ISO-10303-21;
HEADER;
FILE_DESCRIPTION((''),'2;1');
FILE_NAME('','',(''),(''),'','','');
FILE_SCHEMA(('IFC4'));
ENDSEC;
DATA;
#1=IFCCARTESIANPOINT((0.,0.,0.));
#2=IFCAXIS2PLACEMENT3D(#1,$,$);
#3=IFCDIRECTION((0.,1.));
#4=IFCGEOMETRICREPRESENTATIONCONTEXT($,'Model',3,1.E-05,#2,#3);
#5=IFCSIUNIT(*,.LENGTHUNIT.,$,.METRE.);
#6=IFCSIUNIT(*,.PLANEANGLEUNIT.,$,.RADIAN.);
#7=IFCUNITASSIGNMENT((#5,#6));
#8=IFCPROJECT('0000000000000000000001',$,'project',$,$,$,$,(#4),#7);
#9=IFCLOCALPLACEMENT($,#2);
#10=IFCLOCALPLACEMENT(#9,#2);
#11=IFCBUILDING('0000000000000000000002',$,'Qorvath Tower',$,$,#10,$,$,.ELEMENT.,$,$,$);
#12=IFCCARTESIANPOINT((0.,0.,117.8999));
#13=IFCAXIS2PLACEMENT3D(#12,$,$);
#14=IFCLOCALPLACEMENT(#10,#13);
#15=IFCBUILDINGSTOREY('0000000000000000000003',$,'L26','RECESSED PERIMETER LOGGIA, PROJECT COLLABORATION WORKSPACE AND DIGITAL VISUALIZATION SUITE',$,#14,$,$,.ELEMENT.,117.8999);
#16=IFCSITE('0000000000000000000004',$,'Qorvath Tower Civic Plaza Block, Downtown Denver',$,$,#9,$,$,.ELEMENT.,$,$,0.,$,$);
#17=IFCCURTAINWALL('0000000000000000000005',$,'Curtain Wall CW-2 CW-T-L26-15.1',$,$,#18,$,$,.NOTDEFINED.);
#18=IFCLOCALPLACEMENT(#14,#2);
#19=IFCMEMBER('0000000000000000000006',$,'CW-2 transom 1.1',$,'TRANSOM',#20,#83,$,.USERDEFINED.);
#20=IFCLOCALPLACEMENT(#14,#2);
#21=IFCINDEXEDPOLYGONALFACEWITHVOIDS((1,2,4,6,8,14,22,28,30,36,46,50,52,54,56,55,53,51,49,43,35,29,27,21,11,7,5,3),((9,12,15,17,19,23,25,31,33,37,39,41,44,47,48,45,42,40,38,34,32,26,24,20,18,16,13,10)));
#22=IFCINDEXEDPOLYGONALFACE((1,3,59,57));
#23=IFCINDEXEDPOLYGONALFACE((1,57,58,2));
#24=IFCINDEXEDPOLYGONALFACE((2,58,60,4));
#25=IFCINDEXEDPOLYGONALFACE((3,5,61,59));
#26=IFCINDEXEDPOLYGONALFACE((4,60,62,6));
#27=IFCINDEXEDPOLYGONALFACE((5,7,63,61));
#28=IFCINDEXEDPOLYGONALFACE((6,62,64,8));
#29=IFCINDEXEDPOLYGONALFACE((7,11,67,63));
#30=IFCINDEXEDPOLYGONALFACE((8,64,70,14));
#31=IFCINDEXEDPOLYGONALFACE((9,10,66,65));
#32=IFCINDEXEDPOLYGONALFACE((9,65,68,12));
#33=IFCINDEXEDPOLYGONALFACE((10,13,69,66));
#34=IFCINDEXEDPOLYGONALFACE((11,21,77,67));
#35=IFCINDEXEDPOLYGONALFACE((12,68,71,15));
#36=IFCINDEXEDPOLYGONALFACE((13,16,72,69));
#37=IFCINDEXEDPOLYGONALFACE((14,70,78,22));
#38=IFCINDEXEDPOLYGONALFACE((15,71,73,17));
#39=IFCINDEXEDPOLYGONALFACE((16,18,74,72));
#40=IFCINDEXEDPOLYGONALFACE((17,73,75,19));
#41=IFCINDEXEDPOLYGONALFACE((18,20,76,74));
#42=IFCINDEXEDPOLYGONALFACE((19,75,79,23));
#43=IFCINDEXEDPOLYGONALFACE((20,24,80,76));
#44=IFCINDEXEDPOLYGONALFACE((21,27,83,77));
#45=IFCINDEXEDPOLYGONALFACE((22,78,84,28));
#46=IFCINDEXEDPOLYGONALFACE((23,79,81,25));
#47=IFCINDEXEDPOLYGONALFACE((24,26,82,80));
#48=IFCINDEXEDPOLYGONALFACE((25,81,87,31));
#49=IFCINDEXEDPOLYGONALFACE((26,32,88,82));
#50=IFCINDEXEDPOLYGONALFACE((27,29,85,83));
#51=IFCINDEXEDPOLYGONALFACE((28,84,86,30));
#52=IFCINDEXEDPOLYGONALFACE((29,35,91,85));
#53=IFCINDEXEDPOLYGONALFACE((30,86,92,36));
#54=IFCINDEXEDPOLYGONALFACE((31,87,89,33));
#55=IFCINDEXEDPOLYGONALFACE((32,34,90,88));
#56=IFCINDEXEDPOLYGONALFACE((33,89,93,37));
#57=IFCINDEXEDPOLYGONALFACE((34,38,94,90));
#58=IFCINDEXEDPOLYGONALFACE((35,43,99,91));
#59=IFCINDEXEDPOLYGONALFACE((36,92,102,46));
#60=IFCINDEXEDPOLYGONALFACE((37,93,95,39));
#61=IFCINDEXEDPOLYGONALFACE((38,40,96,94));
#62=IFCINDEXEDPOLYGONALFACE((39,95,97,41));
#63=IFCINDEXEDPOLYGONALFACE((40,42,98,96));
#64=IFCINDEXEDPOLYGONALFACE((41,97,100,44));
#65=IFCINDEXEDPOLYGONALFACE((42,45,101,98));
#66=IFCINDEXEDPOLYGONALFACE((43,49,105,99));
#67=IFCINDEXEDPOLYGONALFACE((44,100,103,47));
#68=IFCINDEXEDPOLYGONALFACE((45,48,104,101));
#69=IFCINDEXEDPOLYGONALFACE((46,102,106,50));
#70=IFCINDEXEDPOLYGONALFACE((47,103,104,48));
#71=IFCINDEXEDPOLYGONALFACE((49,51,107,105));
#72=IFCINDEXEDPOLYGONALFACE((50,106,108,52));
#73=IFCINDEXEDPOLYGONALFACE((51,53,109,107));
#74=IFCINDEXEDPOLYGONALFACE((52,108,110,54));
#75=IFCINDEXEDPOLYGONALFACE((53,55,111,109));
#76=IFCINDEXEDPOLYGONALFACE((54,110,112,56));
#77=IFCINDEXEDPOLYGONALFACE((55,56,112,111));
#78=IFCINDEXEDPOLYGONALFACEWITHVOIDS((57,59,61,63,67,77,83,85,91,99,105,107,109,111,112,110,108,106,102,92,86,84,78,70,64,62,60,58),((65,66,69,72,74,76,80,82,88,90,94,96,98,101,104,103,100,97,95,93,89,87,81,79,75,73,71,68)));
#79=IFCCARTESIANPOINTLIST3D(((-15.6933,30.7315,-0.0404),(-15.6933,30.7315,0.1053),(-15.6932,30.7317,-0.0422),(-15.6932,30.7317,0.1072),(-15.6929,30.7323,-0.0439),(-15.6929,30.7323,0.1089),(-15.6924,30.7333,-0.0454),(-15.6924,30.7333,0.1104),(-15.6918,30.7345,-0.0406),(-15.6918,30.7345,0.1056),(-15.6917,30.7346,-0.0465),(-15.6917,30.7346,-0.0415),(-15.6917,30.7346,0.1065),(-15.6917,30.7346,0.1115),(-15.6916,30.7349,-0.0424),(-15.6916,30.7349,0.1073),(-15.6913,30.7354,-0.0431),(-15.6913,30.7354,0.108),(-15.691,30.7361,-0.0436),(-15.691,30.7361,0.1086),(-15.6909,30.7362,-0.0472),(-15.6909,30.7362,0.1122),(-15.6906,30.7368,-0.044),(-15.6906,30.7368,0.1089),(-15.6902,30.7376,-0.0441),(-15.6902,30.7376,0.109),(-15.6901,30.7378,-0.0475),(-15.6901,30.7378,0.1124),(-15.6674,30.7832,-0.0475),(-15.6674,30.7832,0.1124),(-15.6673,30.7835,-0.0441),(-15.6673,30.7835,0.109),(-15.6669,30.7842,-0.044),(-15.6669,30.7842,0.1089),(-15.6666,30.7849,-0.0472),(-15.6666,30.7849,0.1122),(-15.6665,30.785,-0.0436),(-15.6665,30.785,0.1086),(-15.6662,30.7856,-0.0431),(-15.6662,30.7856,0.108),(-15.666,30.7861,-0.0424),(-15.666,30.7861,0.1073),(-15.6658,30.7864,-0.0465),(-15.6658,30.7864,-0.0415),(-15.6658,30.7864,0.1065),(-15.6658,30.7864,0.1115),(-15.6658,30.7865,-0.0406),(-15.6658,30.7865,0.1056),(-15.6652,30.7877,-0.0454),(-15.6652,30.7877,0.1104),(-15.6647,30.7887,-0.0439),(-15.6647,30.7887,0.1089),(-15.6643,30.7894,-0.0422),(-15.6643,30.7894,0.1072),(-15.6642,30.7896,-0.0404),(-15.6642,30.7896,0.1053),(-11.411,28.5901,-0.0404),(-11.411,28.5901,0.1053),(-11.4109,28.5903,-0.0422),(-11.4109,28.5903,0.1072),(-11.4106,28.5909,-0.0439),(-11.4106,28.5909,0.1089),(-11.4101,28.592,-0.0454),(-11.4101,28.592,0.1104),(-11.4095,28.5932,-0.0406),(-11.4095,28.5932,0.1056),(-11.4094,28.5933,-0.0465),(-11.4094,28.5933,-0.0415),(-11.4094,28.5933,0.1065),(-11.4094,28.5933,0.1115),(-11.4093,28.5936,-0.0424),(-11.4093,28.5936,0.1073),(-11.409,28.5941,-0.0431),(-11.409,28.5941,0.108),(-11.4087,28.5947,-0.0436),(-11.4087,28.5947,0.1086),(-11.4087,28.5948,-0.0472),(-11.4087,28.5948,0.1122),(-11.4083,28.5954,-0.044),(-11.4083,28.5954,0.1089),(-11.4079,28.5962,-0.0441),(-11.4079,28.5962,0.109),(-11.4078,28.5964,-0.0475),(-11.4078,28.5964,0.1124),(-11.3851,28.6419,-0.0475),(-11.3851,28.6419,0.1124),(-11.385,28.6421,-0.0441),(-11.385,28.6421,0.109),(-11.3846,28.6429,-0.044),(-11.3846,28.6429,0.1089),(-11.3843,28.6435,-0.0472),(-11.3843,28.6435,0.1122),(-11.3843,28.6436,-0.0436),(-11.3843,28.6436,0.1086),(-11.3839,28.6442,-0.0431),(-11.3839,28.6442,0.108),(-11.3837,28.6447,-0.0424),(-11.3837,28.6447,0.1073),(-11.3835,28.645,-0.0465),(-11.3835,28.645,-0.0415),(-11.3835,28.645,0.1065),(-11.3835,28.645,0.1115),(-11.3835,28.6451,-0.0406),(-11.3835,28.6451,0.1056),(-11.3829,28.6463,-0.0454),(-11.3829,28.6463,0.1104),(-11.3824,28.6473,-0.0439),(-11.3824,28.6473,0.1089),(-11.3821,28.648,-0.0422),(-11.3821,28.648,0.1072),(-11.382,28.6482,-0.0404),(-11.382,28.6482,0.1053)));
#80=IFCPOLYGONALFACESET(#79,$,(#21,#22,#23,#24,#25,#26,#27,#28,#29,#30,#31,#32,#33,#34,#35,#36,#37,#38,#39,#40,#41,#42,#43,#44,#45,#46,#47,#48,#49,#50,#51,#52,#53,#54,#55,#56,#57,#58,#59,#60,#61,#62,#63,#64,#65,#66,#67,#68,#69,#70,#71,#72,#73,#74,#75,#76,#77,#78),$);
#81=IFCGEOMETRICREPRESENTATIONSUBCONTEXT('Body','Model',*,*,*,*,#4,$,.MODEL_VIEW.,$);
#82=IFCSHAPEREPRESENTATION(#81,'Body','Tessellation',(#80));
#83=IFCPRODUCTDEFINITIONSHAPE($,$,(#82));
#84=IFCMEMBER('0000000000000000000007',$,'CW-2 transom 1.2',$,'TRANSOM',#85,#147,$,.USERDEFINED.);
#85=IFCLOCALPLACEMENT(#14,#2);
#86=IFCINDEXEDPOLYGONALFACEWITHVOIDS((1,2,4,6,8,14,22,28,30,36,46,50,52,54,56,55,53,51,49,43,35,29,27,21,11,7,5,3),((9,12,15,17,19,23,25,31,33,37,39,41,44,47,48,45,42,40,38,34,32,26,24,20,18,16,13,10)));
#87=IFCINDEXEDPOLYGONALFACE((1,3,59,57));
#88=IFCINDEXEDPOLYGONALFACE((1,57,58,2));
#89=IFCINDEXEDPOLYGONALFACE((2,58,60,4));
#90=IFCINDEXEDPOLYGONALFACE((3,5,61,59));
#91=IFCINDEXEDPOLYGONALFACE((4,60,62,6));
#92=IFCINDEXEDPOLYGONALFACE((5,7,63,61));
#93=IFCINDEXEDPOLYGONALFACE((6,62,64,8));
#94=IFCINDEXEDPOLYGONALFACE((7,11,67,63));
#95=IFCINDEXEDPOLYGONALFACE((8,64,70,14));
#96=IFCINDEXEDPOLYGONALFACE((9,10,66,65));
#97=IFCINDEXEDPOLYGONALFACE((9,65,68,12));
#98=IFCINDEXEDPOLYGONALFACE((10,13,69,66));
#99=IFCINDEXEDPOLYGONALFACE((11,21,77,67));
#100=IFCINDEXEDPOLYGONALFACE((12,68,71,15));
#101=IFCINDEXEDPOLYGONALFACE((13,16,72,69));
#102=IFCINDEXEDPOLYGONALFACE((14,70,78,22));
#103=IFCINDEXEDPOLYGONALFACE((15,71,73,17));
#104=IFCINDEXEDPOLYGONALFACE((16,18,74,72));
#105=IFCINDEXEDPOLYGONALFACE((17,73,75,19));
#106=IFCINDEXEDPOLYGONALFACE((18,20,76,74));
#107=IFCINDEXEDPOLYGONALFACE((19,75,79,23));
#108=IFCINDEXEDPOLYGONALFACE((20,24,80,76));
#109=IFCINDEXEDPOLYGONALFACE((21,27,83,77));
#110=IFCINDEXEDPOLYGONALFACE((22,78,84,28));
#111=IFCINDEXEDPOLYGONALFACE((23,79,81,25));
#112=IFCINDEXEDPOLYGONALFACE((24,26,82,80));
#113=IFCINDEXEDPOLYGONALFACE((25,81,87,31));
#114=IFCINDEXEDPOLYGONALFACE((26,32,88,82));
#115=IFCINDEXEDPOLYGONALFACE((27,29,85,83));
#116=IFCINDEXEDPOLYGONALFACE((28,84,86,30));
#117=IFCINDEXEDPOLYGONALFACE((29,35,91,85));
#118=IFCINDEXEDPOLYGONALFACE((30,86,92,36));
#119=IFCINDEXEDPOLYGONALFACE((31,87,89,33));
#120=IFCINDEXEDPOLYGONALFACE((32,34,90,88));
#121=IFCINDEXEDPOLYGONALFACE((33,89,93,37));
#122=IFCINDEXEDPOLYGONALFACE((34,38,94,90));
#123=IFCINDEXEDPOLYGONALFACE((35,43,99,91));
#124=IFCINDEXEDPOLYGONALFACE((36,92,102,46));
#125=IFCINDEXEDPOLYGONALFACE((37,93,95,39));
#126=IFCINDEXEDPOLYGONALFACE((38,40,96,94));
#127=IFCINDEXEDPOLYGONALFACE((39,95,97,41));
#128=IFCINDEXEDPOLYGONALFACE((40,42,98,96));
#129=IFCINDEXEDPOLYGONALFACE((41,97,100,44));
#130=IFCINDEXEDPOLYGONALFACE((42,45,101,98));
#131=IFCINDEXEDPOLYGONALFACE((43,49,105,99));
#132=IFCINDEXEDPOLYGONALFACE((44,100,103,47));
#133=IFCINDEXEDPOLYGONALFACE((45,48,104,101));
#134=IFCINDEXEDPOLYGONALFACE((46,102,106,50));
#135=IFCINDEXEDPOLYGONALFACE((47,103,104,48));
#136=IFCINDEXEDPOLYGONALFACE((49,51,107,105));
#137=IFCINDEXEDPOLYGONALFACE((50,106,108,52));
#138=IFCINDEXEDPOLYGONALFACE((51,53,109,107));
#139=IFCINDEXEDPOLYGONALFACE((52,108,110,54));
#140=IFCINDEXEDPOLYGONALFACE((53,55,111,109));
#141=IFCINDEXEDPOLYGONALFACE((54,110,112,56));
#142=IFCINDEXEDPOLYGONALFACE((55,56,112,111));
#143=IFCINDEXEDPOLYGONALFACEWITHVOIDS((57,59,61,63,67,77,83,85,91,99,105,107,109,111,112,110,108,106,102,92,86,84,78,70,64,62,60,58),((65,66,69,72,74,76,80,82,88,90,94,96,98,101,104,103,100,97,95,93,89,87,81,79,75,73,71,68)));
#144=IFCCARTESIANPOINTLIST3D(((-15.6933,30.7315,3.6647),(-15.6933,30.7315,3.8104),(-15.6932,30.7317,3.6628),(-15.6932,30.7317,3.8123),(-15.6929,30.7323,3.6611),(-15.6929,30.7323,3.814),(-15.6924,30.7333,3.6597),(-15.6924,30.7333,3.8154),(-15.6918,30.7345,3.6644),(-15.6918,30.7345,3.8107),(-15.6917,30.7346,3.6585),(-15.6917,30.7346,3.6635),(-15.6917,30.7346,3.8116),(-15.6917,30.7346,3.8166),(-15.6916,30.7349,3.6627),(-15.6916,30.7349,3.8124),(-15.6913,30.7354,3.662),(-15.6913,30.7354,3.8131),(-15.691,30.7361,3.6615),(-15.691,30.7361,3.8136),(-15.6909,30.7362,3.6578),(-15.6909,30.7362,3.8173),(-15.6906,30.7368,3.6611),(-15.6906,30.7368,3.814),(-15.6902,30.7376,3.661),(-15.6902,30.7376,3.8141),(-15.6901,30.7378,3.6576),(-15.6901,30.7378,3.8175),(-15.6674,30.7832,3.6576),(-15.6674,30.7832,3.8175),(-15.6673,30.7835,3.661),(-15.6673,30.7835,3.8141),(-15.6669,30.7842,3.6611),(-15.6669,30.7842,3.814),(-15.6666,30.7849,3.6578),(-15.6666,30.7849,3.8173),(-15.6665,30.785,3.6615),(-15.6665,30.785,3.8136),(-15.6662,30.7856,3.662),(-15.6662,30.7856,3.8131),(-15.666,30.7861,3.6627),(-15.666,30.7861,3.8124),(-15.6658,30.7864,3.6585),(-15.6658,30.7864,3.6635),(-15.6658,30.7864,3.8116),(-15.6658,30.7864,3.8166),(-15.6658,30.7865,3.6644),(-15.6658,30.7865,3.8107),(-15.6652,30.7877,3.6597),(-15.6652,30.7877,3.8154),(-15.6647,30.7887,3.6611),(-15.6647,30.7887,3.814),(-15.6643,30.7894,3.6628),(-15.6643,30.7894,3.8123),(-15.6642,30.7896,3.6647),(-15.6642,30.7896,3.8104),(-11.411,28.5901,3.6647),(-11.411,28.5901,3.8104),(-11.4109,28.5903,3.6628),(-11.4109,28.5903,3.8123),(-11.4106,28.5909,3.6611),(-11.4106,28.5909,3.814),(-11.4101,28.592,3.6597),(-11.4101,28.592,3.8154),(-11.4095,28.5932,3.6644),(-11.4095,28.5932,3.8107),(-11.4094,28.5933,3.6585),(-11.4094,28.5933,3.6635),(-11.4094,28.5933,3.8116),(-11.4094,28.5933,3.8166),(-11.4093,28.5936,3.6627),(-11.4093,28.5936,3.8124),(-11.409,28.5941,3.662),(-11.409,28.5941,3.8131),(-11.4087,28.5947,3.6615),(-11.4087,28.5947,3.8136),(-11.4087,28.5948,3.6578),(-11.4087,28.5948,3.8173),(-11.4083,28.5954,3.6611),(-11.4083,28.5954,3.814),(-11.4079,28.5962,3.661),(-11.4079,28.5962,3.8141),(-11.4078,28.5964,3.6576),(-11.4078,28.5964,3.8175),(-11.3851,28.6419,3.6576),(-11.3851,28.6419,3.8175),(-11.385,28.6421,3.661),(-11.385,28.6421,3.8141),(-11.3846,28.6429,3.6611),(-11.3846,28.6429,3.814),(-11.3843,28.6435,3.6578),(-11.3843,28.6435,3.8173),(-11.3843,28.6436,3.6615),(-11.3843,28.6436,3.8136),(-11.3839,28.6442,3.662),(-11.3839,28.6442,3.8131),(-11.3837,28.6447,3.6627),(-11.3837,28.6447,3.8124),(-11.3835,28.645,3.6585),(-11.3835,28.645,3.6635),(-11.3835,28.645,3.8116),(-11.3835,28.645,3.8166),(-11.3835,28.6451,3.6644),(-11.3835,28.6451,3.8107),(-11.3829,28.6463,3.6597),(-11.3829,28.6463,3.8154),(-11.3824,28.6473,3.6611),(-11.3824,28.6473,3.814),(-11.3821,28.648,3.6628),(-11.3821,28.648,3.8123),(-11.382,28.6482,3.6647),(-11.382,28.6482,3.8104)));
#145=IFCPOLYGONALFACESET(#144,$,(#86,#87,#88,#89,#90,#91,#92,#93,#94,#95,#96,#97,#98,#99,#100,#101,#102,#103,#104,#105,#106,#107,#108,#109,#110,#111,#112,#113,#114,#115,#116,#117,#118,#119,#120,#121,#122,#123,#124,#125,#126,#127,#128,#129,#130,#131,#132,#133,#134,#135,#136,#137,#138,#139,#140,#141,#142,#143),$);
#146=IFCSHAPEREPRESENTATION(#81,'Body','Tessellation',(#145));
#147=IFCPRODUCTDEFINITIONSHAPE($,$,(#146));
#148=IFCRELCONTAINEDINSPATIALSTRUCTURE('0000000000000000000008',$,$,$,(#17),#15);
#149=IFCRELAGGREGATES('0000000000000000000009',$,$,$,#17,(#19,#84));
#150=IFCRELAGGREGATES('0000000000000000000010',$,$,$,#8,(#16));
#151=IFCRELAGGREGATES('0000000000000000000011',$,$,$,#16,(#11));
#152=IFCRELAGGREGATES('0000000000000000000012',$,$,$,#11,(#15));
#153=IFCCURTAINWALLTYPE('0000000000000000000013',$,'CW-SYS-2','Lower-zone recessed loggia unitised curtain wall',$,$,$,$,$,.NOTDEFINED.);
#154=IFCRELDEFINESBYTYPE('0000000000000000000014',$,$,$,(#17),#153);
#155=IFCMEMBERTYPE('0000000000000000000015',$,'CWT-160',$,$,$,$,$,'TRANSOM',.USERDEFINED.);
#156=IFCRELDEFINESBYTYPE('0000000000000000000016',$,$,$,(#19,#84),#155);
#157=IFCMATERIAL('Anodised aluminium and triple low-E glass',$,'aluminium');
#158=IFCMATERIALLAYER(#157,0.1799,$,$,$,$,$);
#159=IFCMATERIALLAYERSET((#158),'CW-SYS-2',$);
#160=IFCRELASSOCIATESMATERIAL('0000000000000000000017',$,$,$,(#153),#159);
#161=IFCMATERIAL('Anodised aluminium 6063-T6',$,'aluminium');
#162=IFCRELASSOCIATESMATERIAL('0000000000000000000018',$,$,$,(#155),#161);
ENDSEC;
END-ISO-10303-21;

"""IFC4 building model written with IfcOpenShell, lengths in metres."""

from ifc_helpers import new_model, si_unit, direction, frame, origin, origin_2d, place, context, subcontext, project, spatial, hollow_rectangle, extrude, material, layer, layer_set, material_profile, profile_set, type_object, element, aggregate, save


model = new_model("IFC4")

# Units and contexts
model_context = context("Model", 3, precision=1e-05, world=origin(), true_north=direction((0.0, 1.0)))
body_context = subcontext(model_context, "Body", "Model", "MODEL_VIEW")
ifc_project = project(units=[si_unit("LENGTHUNIT", "METRE"), si_unit("PLANEANGLEUNIT", "RADIAN")], contexts=[model_context])

# Site, building, storey
site_placement = place(None, origin())
site = spatial("IfcSite", under=ifc_project, at=site_placement, Name="Qorvath Tower Civic Plaza Block, Downtown Denver", CompositionType="ELEMENT", RefElevation=0.0)
building_placement = place(site_placement, origin())
building = spatial("IfcBuilding", under=site, at=building_placement, Name="Qorvath Tower", CompositionType="ELEMENT")
storey_placement = place(building_placement, frame((0.0, 0.0, 117.8999)))
storey = spatial("IfcBuildingStorey", under=building, at=storey_placement, Name="L26", Description="RECESSED PERIMETER LOGGIA, PROJECT COLLABORATION WORKSPACE AND DIGITAL VISUALIZATION SUITE", CompositionType="ELEMENT", Elevation=117.8999)

# Curtain wall
ifc_material_1 = material(Name="Anodised aluminium and triple low-E glass", Category="aluminium")
ifc_layer_1 = layer(ifc_material_1, 0.1799)
ifc_layer_set_1 = layer_set([ifc_layer_1], Name="CW-SYS-2")
curtain_wall_type = type_object("IfcCurtainWallType", Name="CW-SYS-2", Description="Lower-zone recessed loggia unitised curtain wall", PredefinedType="NOTDEFINED", material=ifc_layer_set_1)
curtain_wall_1_placement = place(storey_placement, origin())
curtain_wall_1 = element("IfcCurtainWall", 1, at=curtain_wall_1_placement, inside=storey, type_object=curtain_wall_type, Name="Curtain Wall CW-2 CW-T-L26-15.1", PredefinedType="NOTDEFINED")

# Members
ifc_material_2 = material(Name="Anodised aluminium 6063-T6", Category="aluminium")
ifc_material_profile_1 = material_profile(ifc_material_2, hollow_rectangle(XDim=0.0649, YDim=0.1599, WallThickness=0.0034, InnerFilletRadius=0.0034, OuterFilletRadius=0.0071, at=origin_2d()), Name="CWT 160x65")
ifc_profile_set_1 = profile_set([ifc_material_profile_1], Name="Anodised aluminium 6063-T6")
member_type_1 = type_object("IfcMemberType", Name="CWT-160", ElementType="TRANSOM", PredefinedType="USERDEFINED", material=ifc_profile_set_1)
member_1_placement = place(storey_placement, frame((-11.3965, 28.6191, 0.0325), z_axis=(-0.894407, 0.447254, 0.0), x_axis=(-0.447254, -0.894407, 0.0)))
member_1 = element("IfcMember", 2, at=member_1_placement, type_object=member_type_1, Name="CW-2 transom 1.1", ObjectType="TRANSOM", PredefinedType="USERDEFINED", context=body_context, shape_type="SweptSolid", body=[
    extrude(hollow_rectangle(XDim=0.0649, YDim=0.1599, WallThickness=0.0034, InnerFilletRadius=0.0034, OuterFilletRadius=0.0071, at=origin_2d()), origin(), (0.0, 0.0, 1.0), 4.7878),
])
member_2_placement = place(storey_placement, frame((-11.3965, 28.6191, 3.7375), z_axis=(-0.894407, 0.447254, 0.0), x_axis=(-0.447254, -0.894407, 0.0)))
member_2 = element("IfcMember", 3, at=member_2_placement, type_object=member_type_1, Name="CW-2 transom 1.2", ObjectType="TRANSOM", PredefinedType="USERDEFINED", context=body_context, shape_type="SweptSolid", body=[
    extrude(hollow_rectangle(XDim=0.0649, YDim=0.1599, WallThickness=0.0034, InnerFilletRadius=0.0034, OuterFilletRadius=0.0071, at=origin_2d()), origin(), (0.0, 0.0, 1.0), 4.7878),
])

aggregate(curtain_wall_1, [member_1, member_2])

save(model, "model.ifc")
